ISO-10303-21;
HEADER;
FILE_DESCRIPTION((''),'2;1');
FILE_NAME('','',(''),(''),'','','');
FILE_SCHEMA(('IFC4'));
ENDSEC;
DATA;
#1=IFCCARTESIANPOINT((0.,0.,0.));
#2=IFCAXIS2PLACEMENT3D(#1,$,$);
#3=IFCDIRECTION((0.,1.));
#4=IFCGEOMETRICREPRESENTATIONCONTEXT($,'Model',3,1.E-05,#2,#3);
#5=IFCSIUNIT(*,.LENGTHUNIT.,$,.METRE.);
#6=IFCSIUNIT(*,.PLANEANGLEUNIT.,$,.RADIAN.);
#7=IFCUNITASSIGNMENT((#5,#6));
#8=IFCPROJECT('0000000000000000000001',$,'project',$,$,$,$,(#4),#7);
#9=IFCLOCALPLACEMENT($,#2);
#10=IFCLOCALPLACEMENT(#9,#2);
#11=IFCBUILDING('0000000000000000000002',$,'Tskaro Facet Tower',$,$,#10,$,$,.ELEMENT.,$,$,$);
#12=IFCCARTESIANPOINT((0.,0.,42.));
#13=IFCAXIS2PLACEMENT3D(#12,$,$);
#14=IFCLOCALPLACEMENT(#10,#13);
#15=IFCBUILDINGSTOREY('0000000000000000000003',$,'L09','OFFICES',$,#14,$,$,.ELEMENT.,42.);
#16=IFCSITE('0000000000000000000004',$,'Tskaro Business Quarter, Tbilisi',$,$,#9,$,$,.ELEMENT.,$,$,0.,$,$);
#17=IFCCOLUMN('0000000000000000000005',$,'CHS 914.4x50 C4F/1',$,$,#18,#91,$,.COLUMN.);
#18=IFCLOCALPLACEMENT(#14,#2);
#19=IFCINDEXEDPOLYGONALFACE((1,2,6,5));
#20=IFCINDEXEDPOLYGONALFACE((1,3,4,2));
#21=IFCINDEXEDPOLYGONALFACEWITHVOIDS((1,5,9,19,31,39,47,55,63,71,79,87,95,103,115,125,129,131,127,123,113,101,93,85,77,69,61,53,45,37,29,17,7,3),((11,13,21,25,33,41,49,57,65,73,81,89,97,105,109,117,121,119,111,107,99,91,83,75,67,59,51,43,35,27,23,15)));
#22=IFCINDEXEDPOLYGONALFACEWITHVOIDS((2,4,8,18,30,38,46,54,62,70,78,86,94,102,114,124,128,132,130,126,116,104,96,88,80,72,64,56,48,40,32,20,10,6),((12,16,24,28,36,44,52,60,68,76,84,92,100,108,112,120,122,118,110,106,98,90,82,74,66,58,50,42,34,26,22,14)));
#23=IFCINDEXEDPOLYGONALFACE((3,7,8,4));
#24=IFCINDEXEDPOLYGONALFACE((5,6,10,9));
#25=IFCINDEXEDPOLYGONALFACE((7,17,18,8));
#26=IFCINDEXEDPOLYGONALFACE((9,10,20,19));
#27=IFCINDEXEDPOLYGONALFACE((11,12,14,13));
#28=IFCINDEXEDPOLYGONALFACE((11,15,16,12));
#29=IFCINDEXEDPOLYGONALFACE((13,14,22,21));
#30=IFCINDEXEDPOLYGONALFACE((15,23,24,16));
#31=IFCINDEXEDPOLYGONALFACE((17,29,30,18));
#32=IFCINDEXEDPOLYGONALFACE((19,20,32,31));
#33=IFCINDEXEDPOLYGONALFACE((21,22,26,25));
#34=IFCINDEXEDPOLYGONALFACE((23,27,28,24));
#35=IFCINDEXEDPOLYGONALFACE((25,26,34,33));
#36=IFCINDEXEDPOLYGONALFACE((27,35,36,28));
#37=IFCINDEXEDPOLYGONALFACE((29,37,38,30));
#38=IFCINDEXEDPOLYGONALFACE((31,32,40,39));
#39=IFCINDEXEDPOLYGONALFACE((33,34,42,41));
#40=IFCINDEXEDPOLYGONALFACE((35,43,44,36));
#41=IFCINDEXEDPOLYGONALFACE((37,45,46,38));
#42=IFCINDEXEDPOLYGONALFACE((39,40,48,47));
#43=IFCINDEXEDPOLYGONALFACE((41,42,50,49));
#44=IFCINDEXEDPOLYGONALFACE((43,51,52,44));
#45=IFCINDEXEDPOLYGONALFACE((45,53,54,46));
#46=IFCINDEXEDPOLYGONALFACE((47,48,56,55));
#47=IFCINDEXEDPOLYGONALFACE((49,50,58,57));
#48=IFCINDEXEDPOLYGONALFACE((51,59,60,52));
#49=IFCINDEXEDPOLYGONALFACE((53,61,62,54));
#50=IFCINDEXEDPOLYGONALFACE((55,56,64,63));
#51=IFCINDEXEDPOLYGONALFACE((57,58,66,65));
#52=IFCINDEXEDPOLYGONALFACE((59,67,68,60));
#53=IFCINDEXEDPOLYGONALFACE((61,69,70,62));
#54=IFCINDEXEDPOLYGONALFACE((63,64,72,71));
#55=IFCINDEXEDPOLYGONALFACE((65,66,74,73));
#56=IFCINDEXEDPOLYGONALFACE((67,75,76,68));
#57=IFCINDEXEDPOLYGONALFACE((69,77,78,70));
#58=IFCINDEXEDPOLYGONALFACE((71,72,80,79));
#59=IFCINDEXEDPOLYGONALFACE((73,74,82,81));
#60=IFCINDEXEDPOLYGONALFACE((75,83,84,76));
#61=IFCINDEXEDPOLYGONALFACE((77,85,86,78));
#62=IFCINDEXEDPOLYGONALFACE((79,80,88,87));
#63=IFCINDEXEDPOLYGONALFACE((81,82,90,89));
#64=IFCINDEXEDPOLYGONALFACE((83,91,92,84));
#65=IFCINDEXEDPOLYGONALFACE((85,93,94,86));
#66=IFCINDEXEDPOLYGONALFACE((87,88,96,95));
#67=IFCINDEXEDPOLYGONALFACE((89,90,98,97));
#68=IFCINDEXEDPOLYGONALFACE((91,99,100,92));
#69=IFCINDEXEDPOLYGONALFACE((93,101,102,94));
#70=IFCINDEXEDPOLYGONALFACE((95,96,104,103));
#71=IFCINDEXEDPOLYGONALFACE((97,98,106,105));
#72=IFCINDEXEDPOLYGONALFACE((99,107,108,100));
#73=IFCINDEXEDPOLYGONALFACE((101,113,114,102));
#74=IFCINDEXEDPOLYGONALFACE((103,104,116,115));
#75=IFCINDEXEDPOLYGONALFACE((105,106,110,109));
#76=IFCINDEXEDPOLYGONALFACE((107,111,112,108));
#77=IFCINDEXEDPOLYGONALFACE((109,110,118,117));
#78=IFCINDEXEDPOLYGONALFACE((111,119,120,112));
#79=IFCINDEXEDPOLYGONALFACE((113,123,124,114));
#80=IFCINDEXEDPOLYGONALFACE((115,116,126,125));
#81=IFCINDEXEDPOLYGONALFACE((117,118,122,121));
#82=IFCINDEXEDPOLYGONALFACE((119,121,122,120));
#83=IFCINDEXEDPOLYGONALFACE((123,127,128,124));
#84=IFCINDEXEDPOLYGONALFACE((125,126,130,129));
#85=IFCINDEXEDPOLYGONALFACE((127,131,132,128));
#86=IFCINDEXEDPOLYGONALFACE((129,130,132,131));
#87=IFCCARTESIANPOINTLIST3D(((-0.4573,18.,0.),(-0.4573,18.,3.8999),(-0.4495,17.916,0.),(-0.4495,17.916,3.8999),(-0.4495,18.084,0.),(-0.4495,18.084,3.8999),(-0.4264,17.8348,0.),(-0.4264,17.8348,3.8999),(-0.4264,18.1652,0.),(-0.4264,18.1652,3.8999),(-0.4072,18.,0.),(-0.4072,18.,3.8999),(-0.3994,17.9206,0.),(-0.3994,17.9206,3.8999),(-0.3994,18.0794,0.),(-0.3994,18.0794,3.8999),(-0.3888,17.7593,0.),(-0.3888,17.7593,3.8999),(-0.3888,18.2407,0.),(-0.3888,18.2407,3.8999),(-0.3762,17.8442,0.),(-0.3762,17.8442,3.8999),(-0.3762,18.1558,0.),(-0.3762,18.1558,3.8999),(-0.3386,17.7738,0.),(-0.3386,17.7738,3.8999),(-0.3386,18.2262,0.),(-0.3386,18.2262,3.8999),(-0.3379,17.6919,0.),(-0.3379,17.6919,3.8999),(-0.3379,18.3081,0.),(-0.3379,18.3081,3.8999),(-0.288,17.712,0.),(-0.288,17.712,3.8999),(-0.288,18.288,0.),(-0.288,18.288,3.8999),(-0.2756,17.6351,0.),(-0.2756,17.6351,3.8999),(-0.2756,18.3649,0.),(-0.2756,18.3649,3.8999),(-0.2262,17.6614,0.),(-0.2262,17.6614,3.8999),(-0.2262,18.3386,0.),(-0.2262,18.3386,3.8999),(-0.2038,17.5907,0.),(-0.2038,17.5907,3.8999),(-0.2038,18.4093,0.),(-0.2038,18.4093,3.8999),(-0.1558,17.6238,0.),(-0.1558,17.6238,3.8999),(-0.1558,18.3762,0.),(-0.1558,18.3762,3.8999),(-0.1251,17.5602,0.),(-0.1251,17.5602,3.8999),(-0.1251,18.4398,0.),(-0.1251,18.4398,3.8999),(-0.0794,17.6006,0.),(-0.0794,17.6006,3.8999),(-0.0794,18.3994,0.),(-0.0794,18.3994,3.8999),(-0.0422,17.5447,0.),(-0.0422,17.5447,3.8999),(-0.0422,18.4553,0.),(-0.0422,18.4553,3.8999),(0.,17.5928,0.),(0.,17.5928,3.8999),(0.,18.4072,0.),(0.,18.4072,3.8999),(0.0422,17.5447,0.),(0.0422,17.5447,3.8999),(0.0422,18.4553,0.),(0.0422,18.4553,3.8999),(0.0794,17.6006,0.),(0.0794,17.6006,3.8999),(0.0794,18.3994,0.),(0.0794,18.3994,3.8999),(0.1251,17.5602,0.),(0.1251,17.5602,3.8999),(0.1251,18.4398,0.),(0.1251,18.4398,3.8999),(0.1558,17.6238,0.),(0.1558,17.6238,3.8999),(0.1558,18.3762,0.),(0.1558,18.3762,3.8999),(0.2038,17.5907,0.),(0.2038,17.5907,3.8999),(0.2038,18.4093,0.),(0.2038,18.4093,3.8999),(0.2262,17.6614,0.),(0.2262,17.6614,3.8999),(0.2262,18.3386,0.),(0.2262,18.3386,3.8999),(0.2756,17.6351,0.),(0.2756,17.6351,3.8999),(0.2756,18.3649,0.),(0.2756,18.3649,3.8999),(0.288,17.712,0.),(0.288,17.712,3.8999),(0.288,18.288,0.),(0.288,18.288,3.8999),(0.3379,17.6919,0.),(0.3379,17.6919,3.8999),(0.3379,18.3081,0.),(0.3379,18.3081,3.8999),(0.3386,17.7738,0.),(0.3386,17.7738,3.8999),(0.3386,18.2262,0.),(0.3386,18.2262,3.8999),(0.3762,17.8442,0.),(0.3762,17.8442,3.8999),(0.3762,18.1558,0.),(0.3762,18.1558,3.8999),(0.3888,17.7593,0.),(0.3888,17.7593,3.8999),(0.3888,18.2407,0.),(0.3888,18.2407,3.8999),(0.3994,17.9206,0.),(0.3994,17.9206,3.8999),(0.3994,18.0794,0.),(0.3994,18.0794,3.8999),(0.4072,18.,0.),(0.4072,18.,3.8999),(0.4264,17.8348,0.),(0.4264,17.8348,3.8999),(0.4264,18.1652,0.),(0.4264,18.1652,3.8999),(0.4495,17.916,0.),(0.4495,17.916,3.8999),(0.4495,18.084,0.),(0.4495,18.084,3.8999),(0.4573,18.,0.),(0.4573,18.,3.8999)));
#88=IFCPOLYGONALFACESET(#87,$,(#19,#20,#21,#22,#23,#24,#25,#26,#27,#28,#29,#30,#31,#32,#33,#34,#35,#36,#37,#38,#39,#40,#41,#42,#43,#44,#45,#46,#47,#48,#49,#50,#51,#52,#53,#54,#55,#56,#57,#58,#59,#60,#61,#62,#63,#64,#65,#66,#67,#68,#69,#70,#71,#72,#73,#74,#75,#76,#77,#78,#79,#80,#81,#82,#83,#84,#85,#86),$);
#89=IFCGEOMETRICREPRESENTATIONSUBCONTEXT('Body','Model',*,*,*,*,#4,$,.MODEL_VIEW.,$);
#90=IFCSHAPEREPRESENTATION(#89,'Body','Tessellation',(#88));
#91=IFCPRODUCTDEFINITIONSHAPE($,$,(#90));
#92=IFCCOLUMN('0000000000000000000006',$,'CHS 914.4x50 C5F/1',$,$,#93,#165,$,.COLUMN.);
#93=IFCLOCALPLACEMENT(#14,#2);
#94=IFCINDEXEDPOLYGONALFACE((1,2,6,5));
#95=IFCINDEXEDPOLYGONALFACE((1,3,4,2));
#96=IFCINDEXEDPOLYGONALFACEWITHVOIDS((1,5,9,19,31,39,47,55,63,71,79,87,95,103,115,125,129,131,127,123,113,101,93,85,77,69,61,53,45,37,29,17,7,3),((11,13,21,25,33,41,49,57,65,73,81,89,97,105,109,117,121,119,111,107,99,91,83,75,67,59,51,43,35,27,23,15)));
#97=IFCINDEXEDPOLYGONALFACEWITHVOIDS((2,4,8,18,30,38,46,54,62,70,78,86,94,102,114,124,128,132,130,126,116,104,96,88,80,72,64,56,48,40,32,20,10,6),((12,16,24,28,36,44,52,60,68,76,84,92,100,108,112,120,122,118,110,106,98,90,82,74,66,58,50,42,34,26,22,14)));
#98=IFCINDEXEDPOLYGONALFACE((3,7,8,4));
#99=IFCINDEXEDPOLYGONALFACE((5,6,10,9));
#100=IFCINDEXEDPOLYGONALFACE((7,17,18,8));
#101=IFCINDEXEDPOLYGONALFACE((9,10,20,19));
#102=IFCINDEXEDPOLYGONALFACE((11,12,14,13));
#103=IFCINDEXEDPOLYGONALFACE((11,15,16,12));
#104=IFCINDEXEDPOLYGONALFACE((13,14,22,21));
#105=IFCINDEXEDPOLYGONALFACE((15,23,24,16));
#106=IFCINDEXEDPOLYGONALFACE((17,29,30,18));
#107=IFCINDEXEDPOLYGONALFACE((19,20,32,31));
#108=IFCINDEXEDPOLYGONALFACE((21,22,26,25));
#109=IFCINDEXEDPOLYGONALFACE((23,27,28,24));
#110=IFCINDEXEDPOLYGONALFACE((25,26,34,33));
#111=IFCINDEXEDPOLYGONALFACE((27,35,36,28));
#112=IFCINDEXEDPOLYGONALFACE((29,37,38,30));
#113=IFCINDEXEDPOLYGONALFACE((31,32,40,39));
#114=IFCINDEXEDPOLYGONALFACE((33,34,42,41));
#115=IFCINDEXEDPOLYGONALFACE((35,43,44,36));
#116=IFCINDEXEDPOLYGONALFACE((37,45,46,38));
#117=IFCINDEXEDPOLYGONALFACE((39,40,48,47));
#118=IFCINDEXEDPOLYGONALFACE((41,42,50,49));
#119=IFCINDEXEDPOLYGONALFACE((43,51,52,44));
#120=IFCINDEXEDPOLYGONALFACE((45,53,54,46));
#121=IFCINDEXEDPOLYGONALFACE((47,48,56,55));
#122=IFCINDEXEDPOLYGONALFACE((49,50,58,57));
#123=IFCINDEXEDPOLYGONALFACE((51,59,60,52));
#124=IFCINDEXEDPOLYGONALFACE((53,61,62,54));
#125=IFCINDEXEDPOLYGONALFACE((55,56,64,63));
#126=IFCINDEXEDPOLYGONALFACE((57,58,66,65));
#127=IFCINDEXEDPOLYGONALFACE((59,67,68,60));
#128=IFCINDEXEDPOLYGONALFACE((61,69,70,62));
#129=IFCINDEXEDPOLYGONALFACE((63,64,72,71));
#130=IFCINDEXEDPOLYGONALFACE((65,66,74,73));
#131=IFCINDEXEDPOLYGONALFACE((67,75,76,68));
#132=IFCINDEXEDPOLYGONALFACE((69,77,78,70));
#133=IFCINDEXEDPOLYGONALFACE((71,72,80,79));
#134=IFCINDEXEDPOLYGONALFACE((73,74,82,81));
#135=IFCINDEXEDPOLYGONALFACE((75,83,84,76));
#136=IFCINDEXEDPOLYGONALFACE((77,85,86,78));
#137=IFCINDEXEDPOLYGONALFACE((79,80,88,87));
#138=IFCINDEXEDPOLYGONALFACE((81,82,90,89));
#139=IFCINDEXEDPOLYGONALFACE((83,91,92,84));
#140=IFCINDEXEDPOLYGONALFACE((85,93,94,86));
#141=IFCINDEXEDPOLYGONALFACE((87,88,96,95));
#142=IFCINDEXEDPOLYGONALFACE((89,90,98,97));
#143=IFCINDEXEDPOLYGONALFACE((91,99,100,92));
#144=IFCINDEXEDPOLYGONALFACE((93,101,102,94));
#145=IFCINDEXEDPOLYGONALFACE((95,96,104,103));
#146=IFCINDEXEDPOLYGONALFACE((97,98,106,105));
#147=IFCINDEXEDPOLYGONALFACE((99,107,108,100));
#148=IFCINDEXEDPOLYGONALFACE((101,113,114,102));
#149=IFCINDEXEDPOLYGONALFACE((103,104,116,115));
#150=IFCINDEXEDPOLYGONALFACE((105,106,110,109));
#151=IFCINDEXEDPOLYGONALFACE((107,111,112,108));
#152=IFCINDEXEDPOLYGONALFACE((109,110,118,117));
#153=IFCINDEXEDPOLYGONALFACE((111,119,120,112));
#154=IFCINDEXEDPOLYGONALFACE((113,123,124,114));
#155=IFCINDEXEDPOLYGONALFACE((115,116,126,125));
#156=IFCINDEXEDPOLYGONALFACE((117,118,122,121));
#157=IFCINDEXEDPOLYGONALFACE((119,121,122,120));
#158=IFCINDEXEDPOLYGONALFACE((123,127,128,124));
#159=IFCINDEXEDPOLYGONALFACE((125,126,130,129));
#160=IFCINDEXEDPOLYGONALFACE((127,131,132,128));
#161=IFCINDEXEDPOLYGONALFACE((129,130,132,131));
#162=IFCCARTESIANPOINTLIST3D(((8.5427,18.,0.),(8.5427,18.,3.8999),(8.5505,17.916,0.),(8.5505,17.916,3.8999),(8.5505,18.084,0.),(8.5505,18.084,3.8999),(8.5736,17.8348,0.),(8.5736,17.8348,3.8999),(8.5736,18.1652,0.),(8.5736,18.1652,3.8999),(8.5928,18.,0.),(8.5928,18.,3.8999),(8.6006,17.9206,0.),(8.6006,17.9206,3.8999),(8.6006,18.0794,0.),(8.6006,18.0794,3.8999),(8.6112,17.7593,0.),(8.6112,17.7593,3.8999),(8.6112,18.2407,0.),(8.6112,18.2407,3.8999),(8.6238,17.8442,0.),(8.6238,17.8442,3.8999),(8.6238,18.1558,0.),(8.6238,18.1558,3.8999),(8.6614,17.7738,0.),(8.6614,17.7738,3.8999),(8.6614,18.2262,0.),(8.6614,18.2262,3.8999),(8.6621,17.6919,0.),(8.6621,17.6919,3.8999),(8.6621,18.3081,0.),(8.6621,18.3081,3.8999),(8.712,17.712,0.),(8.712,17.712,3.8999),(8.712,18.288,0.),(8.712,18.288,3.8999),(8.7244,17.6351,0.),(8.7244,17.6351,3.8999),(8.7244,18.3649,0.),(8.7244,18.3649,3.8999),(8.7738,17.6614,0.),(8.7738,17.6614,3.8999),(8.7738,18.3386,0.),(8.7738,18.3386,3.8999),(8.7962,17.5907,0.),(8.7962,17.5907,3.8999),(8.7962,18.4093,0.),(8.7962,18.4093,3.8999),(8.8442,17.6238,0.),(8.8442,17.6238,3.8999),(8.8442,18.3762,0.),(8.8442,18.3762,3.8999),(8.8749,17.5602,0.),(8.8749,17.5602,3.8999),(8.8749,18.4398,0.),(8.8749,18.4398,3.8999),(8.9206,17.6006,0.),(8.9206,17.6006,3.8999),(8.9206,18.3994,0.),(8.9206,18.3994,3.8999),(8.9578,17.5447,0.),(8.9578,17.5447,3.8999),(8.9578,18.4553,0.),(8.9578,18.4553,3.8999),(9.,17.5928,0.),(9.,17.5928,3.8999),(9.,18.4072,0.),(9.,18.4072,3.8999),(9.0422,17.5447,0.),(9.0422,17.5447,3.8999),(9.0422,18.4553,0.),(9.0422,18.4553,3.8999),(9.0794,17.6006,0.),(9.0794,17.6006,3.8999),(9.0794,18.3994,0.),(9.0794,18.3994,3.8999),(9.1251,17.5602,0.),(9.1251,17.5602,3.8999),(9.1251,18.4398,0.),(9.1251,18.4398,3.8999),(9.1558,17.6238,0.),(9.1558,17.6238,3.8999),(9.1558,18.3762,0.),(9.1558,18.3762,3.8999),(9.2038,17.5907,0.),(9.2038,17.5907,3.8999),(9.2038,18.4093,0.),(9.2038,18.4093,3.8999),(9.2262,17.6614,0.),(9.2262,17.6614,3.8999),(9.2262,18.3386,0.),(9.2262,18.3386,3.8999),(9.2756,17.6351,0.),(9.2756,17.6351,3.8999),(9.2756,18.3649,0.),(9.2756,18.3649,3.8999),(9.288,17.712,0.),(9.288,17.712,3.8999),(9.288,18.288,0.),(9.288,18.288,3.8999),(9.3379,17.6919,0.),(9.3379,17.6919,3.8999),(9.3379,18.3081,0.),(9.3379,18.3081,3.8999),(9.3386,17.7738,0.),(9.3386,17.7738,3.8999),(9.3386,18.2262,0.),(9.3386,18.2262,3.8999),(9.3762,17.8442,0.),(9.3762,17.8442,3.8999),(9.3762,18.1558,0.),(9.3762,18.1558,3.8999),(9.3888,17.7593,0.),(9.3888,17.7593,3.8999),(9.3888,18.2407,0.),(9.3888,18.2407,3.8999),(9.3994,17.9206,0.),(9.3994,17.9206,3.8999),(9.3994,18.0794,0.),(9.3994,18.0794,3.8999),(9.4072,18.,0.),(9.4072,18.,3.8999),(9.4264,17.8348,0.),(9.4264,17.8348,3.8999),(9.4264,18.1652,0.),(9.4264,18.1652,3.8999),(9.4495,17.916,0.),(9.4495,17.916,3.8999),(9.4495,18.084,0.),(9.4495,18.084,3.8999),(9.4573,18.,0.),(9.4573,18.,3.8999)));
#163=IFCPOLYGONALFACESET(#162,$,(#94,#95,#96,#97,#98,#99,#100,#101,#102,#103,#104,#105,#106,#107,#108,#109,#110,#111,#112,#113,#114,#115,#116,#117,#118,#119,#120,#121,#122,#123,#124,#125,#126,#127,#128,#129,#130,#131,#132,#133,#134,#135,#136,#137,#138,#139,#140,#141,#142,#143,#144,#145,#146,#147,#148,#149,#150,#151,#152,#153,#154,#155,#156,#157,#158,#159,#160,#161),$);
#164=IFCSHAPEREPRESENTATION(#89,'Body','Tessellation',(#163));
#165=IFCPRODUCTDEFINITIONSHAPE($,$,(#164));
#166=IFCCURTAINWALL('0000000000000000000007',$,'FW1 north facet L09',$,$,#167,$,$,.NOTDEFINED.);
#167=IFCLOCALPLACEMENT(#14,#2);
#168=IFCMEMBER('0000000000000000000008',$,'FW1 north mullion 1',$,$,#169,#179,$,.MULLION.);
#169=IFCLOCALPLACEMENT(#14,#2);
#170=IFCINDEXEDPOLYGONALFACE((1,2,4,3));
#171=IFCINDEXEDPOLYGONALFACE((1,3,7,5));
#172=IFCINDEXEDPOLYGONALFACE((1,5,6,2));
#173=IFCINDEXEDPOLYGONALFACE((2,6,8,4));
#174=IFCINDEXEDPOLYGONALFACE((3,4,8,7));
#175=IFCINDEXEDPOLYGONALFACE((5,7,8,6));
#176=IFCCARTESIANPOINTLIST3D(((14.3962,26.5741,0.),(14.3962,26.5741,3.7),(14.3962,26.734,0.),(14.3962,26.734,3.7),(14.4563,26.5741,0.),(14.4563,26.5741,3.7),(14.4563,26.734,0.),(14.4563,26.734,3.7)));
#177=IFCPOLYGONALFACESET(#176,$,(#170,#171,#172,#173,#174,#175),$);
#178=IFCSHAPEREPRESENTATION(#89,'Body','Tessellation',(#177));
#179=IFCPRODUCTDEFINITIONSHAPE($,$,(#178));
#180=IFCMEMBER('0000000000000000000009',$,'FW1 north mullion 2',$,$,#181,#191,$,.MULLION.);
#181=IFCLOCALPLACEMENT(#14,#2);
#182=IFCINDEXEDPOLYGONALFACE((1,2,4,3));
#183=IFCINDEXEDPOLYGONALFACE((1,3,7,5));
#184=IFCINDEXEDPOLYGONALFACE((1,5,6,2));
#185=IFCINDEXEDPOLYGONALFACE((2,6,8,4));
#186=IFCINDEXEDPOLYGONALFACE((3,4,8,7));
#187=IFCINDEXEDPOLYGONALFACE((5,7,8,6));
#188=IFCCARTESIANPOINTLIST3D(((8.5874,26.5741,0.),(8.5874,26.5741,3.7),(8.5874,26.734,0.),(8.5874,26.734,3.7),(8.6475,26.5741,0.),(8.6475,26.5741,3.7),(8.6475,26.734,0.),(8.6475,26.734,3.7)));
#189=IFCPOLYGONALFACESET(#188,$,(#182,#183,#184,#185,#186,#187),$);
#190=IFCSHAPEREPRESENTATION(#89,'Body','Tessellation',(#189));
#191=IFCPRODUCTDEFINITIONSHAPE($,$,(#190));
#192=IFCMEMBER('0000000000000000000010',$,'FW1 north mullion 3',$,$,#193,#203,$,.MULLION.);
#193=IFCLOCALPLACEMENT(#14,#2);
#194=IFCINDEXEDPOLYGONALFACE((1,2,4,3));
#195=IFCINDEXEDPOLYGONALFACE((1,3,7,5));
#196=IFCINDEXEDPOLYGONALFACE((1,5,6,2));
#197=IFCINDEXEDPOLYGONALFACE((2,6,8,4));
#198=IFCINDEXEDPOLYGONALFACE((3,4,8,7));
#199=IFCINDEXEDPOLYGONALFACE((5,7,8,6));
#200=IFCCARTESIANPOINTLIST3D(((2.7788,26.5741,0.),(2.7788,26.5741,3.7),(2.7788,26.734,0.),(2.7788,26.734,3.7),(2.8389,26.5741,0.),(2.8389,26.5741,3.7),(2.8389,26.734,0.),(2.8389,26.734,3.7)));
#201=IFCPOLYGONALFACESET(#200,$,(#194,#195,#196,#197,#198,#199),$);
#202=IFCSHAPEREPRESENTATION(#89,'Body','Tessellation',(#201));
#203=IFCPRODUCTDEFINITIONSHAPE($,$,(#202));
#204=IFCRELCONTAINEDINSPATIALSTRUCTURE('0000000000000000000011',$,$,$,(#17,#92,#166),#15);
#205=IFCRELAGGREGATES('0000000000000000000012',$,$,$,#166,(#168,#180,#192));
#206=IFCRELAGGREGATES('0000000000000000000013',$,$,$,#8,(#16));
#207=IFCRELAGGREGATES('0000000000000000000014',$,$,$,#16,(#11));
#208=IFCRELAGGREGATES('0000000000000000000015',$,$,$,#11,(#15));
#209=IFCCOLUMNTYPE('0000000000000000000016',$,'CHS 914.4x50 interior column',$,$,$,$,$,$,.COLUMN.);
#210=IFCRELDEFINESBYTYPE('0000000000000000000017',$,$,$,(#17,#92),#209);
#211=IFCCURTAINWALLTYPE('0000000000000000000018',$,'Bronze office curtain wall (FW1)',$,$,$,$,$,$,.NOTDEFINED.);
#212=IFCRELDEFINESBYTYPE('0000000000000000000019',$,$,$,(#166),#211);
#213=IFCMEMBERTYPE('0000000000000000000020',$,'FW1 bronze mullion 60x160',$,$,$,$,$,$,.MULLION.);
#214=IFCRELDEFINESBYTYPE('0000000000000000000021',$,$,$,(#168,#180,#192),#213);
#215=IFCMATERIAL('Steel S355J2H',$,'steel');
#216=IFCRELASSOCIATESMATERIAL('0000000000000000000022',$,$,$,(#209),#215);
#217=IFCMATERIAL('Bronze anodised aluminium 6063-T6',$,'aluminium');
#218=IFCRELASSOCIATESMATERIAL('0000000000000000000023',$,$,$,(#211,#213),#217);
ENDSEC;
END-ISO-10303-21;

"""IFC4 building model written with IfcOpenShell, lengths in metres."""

from ifc_helpers import new_model, si_unit, direction, frame, origin, origin_2d, place, context, subcontext, project, spatial, rectangle, hollow_circle, extrude, material, material_profile, profile_set, type_object, element, aggregate, save


model = new_model("IFC4")

# Units and contexts
model_context = context("Model", 3, precision=1e-05, world=origin(), true_north=direction((0.0, 1.0)))
body_context = subcontext(model_context, "Body", "Model", "MODEL_VIEW")
ifc_project = project(units=[si_unit("LENGTHUNIT", "METRE"), si_unit("PLANEANGLEUNIT", "RADIAN")], contexts=[model_context])

# Site, building, storey
site_placement = place(None, origin())
site = spatial("IfcSite", under=ifc_project, at=site_placement, Name="Tskaro Business Quarter, Tbilisi", CompositionType="ELEMENT", RefElevation=0.0)
building_placement = place(site_placement, origin())
building = spatial("IfcBuilding", under=site, at=building_placement, Name="Tskaro Facet Tower", CompositionType="ELEMENT")
storey_placement = place(building_placement, frame((0.0, 0.0, 42.0)))
storey = spatial("IfcBuildingStorey", under=building, at=storey_placement, Name="L09", Description="OFFICES", CompositionType="ELEMENT", Elevation=42.0)

# Columns
ifc_material_1 = material(Name="Steel S355J2H", Category="steel")
ifc_material_profile_1 = material_profile(ifc_material_1, hollow_circle(Radius=0.4573, WallThickness=0.05, at=origin_2d()), Name="CHS 914.4x50")
ifc_profile_set_1 = profile_set([ifc_material_profile_1], Name="Steel S355J2H")
column_type_1 = type_object("IfcColumnType", Name="CHS 914.4x50 interior column", PredefinedType="COLUMN", material=ifc_profile_set_1)
for number, where, z_axis, x_axis, name in (
    (1, (0.0, 18.0, 0.0), (0.0, 0.0, 1.0), (1.0, 0.0, 0.0), "CHS 914.4x50 C4F/1"),
    (2, (9.0, 18.0, 0.0), (0.0, 0.0, 1.0), (1.0, 0.0, 0.0), "CHS 914.4x50 C5F/1"),
):
    element("IfcColumn", number, at=place(storey_placement, frame(where, z_axis=z_axis, x_axis=x_axis)), inside=storey, type_object=column_type_1, Name=name, PredefinedType="COLUMN", context=body_context, shape_type="SweptSolid", body=[
        extrude(hollow_circle(Radius=0.4573, WallThickness=0.05, at=origin_2d()), origin(), (0.0, 0.0, 1.0), 3.8999),
    ])

# Curtain wall, members
ifc_material_2 = material(Name="Bronze anodised aluminium 6063-T6", Category="aluminium")
curtain_wall_type = type_object("IfcCurtainWallType", Name="Bronze office curtain wall (FW1)", PredefinedType="NOTDEFINED", material=ifc_material_2)
curtain_wall_placement = place(storey_placement, origin())
curtain_wall = element("IfcCurtainWall", 3, at=curtain_wall_placement, inside=storey, type_object=curtain_wall_type, Name="FW1 north facet L09", PredefinedType="NOTDEFINED")
ifc_material_profile_2 = material_profile(ifc_material_2, rectangle(XDim=0.0601, YDim=0.1599, at=origin_2d()), Name="Mullion 60x160")
ifc_profile_set_2 = profile_set([ifc_material_profile_2], Name="Bronze anodised aluminium 6063-T6")
member_type_1 = type_object("IfcMemberType", Name="FW1 bronze mullion 60x160", PredefinedType="MULLION", material=ifc_profile_set_2)
member_1_placement = place(storey_placement, frame((14.4263, 26.6541, 0.0), z_axis=(0.0, 0.0, 1.0), x_axis=(-1.0, 0.0, 0.0)))
member_1 = element("IfcMember", 4, at=member_1_placement, type_object=member_type_1, Name="FW1 north mullion 1", PredefinedType="MULLION", context=body_context, shape_type="SweptSolid", body=[
    extrude(rectangle(XDim=0.0601, YDim=0.1599, at=origin_2d()), origin(), (0.0, 0.0, 1.0), 3.7),
])
member_2_placement = place(storey_placement, frame((8.6174, 26.6541, 0.0), z_axis=(0.0, 0.0, 1.0), x_axis=(-1.0, 0.0, 0.0)))
member_2 = element("IfcMember", 5, at=member_2_placement, type_object=member_type_1, Name="FW1 north mullion 2", PredefinedType="MULLION", context=body_context, shape_type="SweptSolid", body=[
    extrude(rectangle(XDim=0.0601, YDim=0.1599, at=origin_2d()), origin(), (0.0, 0.0, 1.0), 3.7),
])
member_3_placement = place(storey_placement, frame((2.8088, 26.6541, 0.0), z_axis=(0.0, 0.0, 1.0), x_axis=(-1.0, 0.0, 0.0)))
member_3 = element("IfcMember", 6, at=member_3_placement, type_object=member_type_1, Name="FW1 north mullion 3", PredefinedType="MULLION", context=body_context, shape_type="SweptSolid", body=[
    extrude(rectangle(XDim=0.0601, YDim=0.1599, at=origin_2d()), origin(), (0.0, 0.0, 1.0), 3.7),
])

aggregate(curtain_wall, [member_1, member_2, member_3])

save(model, "model.ifc")
